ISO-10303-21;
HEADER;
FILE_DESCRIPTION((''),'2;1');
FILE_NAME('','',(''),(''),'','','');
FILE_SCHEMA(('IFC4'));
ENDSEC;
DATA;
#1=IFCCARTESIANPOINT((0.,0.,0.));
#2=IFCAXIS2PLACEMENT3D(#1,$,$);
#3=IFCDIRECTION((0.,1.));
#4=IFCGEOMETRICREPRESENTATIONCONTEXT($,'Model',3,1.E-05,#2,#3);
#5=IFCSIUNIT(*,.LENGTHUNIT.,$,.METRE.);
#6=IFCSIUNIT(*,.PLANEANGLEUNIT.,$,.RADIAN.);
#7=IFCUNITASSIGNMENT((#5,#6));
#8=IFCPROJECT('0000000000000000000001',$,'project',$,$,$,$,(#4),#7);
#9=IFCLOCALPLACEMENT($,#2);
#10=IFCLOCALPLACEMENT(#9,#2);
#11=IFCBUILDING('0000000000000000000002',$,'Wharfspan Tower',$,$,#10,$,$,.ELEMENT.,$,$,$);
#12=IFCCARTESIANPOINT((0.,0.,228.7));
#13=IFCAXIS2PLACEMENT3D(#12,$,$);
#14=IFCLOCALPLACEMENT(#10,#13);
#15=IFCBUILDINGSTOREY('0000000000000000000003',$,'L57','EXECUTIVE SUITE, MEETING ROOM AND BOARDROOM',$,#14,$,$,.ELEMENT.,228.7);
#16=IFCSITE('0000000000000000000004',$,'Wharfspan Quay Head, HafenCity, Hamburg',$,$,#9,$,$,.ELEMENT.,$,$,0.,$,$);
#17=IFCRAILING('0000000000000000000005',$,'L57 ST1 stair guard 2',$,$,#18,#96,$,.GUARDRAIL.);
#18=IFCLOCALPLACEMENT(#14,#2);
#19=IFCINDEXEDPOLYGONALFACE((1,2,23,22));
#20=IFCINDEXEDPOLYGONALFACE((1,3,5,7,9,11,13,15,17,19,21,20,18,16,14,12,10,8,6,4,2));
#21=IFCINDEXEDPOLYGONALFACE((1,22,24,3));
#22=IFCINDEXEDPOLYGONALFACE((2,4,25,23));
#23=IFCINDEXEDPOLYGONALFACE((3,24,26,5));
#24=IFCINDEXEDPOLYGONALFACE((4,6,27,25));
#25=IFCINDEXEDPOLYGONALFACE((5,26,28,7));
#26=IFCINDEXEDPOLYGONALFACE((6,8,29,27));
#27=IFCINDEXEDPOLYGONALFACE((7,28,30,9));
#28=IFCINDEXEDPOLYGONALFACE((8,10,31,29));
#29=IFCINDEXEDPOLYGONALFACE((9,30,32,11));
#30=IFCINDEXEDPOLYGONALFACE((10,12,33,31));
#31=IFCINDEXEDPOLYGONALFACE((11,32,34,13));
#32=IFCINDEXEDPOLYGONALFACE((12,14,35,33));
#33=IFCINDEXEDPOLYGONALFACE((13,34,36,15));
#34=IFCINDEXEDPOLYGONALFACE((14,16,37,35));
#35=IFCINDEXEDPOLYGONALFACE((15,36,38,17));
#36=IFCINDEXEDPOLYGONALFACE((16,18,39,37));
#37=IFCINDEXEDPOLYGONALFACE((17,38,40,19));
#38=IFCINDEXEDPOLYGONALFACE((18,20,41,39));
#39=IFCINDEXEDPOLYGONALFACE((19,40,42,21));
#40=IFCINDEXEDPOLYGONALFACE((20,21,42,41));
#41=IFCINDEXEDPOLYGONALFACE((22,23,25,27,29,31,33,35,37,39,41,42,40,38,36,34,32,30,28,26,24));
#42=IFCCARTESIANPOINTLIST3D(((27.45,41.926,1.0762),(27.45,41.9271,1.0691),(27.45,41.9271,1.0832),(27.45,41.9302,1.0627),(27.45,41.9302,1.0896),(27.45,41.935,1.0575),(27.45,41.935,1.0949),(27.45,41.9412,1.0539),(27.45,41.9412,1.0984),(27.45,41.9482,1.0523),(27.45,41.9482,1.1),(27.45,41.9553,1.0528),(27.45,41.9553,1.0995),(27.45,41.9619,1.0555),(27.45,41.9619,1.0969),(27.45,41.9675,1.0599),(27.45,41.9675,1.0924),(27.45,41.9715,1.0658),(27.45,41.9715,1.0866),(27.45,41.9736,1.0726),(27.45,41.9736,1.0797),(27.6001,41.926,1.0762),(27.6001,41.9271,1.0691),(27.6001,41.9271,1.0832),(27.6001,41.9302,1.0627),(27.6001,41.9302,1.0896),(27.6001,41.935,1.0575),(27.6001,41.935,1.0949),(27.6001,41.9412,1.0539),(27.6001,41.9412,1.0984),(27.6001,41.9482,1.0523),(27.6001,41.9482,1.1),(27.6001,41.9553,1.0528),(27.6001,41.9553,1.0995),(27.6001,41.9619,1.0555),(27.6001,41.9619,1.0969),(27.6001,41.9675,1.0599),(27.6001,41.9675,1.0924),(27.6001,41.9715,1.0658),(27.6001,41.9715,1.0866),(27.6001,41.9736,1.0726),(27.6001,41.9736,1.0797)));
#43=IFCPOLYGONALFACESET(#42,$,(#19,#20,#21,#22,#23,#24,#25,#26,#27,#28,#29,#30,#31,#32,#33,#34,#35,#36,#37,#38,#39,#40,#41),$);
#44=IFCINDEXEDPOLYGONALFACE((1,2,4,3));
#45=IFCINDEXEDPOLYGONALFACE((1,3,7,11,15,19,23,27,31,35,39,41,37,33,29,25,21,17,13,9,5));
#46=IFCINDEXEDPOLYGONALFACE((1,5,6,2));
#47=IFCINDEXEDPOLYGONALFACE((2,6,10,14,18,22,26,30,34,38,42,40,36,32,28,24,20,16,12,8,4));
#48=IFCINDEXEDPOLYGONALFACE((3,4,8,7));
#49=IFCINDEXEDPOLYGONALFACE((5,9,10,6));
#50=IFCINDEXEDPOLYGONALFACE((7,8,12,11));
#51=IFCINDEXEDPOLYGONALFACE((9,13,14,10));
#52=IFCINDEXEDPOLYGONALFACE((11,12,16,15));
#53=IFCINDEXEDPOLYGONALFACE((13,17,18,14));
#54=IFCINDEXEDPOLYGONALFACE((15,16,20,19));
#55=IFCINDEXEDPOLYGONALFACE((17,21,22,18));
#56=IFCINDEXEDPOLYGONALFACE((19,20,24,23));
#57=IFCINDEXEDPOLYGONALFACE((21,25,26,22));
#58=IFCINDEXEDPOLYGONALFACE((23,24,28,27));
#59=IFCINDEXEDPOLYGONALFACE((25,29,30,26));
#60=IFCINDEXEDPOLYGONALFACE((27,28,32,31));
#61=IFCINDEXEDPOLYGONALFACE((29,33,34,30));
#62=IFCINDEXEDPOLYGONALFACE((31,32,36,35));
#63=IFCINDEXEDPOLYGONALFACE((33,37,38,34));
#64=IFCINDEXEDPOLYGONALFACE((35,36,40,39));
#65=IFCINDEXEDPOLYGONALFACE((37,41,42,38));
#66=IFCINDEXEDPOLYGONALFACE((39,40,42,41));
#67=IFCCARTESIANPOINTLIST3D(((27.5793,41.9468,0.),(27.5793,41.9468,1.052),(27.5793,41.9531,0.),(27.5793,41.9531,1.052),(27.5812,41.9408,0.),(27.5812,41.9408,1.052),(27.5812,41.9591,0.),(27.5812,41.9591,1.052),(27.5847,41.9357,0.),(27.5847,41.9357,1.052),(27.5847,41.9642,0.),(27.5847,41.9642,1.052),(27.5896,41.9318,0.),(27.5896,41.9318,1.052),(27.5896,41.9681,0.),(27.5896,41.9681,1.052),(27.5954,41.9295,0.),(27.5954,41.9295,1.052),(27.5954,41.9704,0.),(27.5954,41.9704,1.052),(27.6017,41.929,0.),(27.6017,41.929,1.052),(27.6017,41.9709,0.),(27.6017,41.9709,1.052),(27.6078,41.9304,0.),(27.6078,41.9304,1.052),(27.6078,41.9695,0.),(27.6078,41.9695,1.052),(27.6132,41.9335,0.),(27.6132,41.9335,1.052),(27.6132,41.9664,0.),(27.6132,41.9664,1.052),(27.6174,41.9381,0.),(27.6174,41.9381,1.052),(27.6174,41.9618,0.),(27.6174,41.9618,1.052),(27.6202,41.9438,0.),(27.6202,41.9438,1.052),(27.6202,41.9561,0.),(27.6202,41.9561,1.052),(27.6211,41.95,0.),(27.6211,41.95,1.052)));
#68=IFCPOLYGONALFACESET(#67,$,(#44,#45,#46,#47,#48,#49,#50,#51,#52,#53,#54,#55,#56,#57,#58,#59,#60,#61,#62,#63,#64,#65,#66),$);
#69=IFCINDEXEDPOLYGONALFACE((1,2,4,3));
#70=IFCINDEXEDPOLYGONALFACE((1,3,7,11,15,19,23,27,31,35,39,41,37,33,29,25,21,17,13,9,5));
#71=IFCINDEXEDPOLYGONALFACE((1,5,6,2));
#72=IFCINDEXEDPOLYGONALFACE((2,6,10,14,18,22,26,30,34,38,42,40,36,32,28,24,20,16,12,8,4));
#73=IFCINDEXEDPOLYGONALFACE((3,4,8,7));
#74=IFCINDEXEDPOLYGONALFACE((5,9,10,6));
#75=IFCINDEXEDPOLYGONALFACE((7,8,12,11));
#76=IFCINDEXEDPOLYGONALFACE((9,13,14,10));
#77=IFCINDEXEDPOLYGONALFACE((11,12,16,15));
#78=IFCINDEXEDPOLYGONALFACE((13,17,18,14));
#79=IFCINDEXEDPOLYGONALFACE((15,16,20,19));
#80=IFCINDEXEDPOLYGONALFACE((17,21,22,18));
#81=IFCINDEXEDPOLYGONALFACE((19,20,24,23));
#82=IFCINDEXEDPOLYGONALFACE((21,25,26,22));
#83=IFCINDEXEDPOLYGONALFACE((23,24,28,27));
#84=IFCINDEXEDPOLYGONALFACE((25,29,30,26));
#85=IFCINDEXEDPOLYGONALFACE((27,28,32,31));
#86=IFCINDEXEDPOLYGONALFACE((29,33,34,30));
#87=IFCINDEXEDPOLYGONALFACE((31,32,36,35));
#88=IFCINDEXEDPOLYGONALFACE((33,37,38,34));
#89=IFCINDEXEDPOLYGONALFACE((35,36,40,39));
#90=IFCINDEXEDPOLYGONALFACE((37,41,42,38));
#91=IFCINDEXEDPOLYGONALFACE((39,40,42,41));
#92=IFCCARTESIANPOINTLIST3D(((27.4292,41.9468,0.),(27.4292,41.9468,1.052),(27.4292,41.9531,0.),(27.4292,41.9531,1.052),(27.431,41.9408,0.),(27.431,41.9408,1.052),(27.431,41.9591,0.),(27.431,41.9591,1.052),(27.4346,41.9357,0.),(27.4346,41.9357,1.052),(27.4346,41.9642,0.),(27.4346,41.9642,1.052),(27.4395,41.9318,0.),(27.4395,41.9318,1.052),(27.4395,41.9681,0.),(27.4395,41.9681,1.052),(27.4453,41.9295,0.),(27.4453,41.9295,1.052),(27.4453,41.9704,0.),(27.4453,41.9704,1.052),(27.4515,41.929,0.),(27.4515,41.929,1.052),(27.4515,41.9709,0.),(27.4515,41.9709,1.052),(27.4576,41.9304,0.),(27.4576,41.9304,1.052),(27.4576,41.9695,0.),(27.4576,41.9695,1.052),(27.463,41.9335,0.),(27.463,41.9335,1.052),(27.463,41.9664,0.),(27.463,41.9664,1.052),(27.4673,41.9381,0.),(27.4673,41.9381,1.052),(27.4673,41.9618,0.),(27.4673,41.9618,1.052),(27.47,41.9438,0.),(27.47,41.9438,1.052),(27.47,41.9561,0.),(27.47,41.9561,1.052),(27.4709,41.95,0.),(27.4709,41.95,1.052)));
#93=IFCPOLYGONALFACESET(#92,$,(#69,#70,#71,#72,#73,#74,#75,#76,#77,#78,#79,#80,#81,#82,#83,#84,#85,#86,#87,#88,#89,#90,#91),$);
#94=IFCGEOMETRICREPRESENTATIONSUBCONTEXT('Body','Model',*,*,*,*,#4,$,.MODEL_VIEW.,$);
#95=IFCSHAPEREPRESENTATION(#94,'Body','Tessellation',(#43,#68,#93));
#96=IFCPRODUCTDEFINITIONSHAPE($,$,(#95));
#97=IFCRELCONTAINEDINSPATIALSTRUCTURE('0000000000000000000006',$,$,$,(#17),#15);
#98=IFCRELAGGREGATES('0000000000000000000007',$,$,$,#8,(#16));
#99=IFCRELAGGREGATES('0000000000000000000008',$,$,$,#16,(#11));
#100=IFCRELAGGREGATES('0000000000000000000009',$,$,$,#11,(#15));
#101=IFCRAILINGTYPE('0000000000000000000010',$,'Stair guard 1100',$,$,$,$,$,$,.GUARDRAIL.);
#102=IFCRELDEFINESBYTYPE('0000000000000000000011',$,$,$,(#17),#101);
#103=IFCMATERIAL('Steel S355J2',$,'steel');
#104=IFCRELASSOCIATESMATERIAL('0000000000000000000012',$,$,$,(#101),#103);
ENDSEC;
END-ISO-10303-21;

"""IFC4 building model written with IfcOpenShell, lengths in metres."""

from ifc_helpers import new_model, si_unit, direction, frame, origin, origin_2d, place, context, subcontext, project, spatial, circle, extrude, material, type_object, element, save


model = new_model("IFC4")

# Units and contexts
model_context = context("Model", 3, precision=1e-05, world=origin(), true_north=direction((0.0, 1.0)))
body_context = subcontext(model_context, "Body", "Model", "MODEL_VIEW")
ifc_project = project(units=[si_unit("LENGTHUNIT", "METRE"), si_unit("PLANEANGLEUNIT", "RADIAN")], contexts=[model_context])

# Site, building, storey
site_placement = place(None, origin())
site = spatial("IfcSite", under=ifc_project, at=site_placement, Name="Wharfspan Quay Head, HafenCity, Hamburg", CompositionType="ELEMENT", RefElevation=0.0)
building_placement = place(site_placement, origin())
building = spatial("IfcBuilding", under=site, at=building_placement, Name="Wharfspan Tower", CompositionType="ELEMENT")
storey_placement = place(building_placement, frame((0.0, 0.0, 228.7)))
storey = spatial("IfcBuildingStorey", under=building, at=storey_placement, Name="L57", Description="EXECUTIVE SUITE, MEETING ROOM AND BOARDROOM", CompositionType="ELEMENT", Elevation=228.7)

# Shared definitions
ifc_material_1 = material(Name="Steel S355J2", Category="steel")

# Railing
railing_type_1 = type_object("IfcRailingType", Name="Stair guard 1100", PredefinedType="GUARDRAIL", material=ifc_material_1)
railing_1_placement = place(storey_placement, frame((27.6001, 41.95, 0.0)))
element("IfcRailing", 1, at=railing_1_placement, inside=storey, type_object=railing_type_1, Name="L57 ST1 stair guard 2", PredefinedType="GUARDRAIL", context=body_context, shape_type="SweptSolid", body=[
    extrude(circle(Radius=0.0239, at=origin_2d()), frame((0.0, 0.0, 1.0762), z_axis=(-1.0, 0.0, 0.0), x_axis=(0.0, -1.0, 0.0)), (0.0, 0.0, 1.0), 0.1501),
    extrude(circle(Radius=0.021, at=origin_2d()), origin(), (0.0, 0.0, 1.0), 1.052),
    extrude(circle(Radius=0.021, at=origin_2d()), frame((-0.1501, 0.0, 0.0)), (0.0, 0.0, 1.0), 1.052),
])

save(model, "model.ifc")
